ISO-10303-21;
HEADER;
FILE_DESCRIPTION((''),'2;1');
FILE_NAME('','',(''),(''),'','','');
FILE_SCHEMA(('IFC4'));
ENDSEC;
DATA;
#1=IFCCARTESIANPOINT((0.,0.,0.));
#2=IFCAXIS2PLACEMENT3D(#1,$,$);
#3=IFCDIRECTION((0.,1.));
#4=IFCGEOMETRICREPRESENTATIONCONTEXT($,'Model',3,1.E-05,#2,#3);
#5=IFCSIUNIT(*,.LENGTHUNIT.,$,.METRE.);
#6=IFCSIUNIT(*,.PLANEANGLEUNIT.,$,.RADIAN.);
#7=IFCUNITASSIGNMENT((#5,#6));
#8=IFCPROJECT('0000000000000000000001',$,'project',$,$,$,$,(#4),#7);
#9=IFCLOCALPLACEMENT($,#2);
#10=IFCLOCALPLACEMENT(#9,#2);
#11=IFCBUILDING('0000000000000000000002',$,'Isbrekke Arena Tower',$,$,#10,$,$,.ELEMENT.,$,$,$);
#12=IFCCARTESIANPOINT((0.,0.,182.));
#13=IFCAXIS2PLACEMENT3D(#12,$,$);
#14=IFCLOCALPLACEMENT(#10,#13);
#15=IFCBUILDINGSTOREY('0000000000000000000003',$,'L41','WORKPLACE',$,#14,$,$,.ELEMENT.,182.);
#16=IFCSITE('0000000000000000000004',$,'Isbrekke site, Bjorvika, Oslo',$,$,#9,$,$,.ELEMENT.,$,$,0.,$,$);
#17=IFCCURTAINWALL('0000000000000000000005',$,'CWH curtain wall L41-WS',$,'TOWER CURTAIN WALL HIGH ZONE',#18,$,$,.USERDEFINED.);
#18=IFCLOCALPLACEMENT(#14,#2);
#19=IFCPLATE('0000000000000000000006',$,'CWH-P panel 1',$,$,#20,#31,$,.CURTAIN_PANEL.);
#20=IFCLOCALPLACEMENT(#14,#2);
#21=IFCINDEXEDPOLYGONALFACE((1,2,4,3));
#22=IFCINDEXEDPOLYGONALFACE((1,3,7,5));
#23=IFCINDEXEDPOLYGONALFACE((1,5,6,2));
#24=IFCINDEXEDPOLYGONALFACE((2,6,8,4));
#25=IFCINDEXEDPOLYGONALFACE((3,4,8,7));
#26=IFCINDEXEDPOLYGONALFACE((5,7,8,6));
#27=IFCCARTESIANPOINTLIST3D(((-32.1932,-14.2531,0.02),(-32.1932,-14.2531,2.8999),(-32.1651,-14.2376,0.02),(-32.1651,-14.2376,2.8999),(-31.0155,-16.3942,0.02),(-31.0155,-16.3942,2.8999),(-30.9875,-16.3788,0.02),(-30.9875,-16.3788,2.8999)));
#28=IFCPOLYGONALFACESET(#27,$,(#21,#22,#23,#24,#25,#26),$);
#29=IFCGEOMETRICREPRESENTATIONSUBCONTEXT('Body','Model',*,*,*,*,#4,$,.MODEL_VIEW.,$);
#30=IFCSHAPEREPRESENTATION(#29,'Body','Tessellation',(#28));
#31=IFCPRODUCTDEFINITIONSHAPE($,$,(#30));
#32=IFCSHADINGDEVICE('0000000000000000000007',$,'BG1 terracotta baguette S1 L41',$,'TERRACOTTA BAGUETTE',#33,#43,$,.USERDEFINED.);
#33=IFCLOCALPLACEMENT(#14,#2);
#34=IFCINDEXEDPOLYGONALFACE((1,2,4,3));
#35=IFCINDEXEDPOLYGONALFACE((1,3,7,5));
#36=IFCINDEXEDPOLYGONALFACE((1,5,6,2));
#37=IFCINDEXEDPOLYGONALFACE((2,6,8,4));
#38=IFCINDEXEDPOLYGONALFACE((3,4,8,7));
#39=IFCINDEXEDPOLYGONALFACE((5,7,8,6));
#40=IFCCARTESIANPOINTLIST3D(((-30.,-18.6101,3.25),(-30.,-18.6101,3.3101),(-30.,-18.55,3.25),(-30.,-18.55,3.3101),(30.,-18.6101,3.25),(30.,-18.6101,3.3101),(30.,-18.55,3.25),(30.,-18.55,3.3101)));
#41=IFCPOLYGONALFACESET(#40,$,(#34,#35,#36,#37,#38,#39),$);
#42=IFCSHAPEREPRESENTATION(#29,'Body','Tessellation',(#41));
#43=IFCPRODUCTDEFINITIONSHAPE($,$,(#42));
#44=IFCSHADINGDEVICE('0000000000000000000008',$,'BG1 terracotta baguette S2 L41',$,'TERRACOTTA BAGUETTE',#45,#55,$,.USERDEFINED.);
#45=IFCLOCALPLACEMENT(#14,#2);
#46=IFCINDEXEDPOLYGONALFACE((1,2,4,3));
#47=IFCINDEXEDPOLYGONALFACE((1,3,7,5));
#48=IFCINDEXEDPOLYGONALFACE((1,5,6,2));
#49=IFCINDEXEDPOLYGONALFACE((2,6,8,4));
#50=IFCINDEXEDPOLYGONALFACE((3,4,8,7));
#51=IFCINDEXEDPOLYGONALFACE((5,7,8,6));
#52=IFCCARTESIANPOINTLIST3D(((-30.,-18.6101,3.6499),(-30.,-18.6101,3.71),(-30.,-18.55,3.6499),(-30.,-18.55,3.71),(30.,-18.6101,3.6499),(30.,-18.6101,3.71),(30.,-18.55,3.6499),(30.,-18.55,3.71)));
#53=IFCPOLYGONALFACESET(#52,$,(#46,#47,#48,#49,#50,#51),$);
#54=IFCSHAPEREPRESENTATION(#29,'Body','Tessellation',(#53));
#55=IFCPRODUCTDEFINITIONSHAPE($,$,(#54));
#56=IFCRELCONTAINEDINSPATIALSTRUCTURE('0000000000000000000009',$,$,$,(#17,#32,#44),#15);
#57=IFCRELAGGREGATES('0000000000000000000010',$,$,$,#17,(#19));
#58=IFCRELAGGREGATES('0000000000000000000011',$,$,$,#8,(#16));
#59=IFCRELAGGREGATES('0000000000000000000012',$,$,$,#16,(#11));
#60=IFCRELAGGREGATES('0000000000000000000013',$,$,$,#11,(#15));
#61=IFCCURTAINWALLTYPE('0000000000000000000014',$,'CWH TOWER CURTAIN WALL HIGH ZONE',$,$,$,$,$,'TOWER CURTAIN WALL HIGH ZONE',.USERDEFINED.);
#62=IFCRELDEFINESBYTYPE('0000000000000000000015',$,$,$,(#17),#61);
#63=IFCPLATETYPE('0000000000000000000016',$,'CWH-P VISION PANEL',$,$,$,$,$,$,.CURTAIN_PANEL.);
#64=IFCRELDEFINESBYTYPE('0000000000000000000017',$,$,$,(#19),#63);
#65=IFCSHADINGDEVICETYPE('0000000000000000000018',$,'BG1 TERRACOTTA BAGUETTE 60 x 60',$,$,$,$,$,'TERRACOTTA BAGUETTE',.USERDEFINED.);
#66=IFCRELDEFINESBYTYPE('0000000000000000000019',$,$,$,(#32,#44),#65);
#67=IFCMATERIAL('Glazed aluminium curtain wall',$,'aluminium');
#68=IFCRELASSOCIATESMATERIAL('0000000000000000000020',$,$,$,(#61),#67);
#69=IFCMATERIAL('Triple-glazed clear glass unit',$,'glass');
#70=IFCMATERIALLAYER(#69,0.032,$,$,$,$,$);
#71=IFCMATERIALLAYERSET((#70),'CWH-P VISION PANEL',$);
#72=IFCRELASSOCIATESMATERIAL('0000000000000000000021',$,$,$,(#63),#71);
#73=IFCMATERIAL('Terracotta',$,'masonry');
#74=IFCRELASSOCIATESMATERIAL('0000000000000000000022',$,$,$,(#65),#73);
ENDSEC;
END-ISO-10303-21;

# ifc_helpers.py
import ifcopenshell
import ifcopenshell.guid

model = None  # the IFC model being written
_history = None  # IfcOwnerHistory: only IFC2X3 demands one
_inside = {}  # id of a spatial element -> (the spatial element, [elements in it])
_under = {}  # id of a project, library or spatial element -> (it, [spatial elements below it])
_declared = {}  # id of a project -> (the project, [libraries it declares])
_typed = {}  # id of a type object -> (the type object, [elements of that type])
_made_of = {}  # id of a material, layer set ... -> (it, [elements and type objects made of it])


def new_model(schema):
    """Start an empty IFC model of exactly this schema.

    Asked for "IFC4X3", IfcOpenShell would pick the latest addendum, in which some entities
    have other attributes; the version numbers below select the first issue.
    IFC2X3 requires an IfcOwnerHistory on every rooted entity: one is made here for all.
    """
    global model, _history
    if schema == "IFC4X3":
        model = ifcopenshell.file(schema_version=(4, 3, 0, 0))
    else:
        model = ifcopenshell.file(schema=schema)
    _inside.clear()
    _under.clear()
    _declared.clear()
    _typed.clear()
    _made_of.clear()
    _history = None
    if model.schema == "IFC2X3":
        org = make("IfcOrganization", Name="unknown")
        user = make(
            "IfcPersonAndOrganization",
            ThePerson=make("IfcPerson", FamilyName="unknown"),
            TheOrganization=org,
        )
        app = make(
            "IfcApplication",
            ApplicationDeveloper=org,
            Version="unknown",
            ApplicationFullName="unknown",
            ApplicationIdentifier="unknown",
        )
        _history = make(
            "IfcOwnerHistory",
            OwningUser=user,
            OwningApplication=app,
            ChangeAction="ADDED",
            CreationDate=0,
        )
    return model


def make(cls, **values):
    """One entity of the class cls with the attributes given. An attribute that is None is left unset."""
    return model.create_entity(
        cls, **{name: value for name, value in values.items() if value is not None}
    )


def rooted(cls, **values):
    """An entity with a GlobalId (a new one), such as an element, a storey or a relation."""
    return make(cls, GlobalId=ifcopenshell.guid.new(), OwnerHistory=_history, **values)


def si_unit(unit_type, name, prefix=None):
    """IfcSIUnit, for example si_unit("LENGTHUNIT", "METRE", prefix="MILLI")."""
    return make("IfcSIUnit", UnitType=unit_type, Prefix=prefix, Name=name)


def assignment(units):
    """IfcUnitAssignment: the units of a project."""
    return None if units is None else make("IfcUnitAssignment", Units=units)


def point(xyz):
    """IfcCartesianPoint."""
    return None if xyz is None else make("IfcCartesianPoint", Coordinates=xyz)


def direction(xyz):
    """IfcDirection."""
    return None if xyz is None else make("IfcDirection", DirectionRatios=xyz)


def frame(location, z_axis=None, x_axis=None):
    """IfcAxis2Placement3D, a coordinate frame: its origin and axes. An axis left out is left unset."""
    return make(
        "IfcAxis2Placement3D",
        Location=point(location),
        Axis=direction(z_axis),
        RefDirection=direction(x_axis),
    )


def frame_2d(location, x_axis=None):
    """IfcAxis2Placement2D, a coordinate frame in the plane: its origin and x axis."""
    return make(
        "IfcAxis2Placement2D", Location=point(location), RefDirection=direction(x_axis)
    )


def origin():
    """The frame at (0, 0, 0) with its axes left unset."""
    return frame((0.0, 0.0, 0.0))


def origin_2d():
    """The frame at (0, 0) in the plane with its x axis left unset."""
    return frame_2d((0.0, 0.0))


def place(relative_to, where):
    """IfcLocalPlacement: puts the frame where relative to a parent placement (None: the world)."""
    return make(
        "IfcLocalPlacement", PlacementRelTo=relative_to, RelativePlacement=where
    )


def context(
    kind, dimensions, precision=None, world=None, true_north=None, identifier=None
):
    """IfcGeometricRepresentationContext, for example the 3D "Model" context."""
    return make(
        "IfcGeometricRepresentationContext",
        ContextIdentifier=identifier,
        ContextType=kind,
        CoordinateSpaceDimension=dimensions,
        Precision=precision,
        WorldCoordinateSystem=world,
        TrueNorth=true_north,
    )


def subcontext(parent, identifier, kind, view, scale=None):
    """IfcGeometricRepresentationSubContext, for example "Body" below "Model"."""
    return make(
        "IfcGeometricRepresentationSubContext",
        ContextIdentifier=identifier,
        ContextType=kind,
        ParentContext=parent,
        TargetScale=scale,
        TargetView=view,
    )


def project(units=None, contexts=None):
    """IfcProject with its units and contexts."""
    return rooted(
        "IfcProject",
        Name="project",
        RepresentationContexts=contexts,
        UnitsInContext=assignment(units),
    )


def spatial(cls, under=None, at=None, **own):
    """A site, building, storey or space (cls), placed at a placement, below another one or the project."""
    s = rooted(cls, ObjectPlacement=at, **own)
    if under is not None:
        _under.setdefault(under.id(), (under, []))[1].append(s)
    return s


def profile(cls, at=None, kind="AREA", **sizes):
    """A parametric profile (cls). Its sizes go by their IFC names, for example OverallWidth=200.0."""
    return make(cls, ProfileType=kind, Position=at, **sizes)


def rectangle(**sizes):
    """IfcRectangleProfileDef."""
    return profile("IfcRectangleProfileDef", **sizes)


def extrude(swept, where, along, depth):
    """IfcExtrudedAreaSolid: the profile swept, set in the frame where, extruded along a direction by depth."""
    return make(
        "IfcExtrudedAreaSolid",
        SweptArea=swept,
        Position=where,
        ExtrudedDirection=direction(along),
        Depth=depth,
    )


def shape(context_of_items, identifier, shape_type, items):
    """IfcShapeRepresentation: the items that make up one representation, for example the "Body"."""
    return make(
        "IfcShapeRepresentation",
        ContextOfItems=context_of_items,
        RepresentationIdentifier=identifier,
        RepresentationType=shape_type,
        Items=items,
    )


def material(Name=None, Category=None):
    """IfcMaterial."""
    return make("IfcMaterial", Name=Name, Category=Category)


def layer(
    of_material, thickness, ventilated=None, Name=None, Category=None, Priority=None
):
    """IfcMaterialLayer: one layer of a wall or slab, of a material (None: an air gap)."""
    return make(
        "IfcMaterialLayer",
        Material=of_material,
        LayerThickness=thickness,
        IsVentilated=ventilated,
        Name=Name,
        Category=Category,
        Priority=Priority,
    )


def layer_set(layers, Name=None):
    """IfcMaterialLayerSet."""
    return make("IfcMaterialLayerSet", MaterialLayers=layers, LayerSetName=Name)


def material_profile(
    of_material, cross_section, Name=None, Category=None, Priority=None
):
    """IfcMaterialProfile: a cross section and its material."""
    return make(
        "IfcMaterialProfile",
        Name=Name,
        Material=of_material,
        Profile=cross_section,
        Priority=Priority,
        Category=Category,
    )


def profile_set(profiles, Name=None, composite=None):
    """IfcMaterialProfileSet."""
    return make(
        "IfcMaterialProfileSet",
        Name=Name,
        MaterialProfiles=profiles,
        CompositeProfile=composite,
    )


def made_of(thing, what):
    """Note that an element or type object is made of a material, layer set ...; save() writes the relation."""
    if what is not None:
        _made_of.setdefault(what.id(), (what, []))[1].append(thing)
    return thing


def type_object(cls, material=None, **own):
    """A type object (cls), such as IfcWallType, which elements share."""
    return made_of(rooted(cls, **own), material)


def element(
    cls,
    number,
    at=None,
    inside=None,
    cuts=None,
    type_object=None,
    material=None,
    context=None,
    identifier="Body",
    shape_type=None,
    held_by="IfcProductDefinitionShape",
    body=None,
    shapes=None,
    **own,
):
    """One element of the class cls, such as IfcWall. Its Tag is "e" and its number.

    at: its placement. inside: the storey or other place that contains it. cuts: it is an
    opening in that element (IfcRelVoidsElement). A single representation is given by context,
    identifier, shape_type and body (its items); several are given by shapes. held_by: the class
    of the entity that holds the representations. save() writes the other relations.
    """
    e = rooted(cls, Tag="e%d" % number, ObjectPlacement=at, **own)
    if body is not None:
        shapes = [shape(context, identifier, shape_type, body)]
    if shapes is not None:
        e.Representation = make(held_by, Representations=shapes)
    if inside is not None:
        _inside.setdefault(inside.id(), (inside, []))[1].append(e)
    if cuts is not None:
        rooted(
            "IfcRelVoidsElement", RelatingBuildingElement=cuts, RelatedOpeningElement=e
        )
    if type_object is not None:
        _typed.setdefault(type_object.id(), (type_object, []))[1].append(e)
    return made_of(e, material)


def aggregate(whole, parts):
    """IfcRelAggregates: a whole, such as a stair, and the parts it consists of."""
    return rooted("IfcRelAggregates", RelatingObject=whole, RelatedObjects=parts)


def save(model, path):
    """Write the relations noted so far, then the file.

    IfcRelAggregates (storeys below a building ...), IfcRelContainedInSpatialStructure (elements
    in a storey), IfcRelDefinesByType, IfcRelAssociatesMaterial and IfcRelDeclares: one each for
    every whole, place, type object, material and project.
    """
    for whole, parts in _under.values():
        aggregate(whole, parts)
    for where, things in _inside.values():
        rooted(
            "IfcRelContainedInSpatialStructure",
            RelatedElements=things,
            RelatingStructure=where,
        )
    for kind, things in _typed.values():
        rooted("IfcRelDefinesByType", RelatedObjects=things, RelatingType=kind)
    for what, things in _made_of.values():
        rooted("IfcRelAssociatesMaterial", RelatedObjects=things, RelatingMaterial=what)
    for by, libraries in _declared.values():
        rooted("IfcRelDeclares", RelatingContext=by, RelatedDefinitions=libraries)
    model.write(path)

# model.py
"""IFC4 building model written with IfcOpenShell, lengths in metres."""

from ifc_helpers import new_model, si_unit, direction, frame, origin, origin_2d, place, context, subcontext, project, spatial, rectangle, extrude, material, layer, layer_set, material_profile, profile_set, type_object, element, aggregate, save


model = new_model("IFC4")

# Units and contexts
model_context = context("Model", 3, precision=1e-05, world=origin(), true_north=direction((0.0, 1.0)))
body_context = subcontext(model_context, "Body", "Model", "MODEL_VIEW")
ifc_project = project(units=[si_unit("LENGTHUNIT", "METRE"), si_unit("PLANEANGLEUNIT", "RADIAN")], contexts=[model_context])

# Site, building, storey
site_placement = place(None, origin())
site = spatial("IfcSite", under=ifc_project, at=site_placement, Name="Isbrekke site, Bjorvika, Oslo", CompositionType="ELEMENT", RefElevation=0.0)
building_placement = place(site_placement, origin())
building = spatial("IfcBuilding", under=site, at=building_placement, Name="Isbrekke Arena Tower", CompositionType="ELEMENT")
storey_placement = place(building_placement, frame((0.0, 0.0, 182.0)))
storey = spatial("IfcBuildingStorey", under=building, at=storey_placement, Name="L41", Description="WORKPLACE", CompositionType="ELEMENT", Elevation=182.0)

# Shared definitions
ifc_material_1 = material(Name="Glazed aluminium curtain wall", Category="aluminium")
curtain_wall_type = type_object("IfcCurtainWallType", Name="CWH TOWER CURTAIN WALL HIGH ZONE", ElementType="TOWER CURTAIN WALL HIGH ZONE", PredefinedType="USERDEFINED", material=ifc_material_1)

# Curtain wall
curtain_wall_1_placement = place(storey_placement, origin())
curtain_wall_1 = element("IfcCurtainWall", 1, at=curtain_wall_1_placement, inside=storey, type_object=curtain_wall_type, Name="CWH curtain wall L41-WS", ObjectType="TOWER CURTAIN WALL HIGH ZONE", PredefinedType="USERDEFINED")

# Plate
ifc_material_2 = material(Name="Triple-glazed clear glass unit", Category="glass")
ifc_layer = layer(ifc_material_2, 0.032)
ifc_layer_set = layer_set([ifc_layer], Name="CWH-P VISION PANEL")
plate_type = type_object("IfcPlateType", Name="CWH-P VISION PANEL", PredefinedType="CURTAIN_PANEL", material=ifc_layer_set)
plate_1_placement = place(storey_placement, frame((-31.5903, -15.3159, 0.02), z_axis=(0.0, 0.0, 1.0), x_axis=(0.481919, -0.876216, 0.0)))
plate_1 = element("IfcPlate", 2, at=plate_1_placement, type_object=plate_type, Name="CWH-P panel 1", PredefinedType="CURTAIN_PANEL", context=body_context, shape_type="SweptSolid", body=[
    extrude(rectangle(XDim=2.4436, YDim=0.032, at=origin_2d()), origin(), (0.0, 0.0, 1.0), 2.8799),
])
aggregate(curtain_wall_1, [plate_1])

# Shading devices
ifc_material_3 = material(Name="Terracotta", Category="masonry")
ifc_material_profile_1 = material_profile(ifc_material_3, rectangle(XDim=0.0601, YDim=0.0601, at=origin_2d()), Name="BAGUETTE 60X60")
ifc_profile_set_1 = profile_set([ifc_material_profile_1], Name="Terracotta")
shading_device_type = type_object("IfcShadingDeviceType", Name="BG1 TERRACOTTA BAGUETTE 60 x 60", ElementType="TERRACOTTA BAGUETTE", PredefinedType="USERDEFINED", material=ifc_profile_set_1)
for number, where, z_axis, x_axis, name in (
    (3, (-30.0, -18.5801, 3.28), (1.0, 0.0, 0.0), (0.0, 1.0, 0.0), "BG1 terracotta baguette S1 L41"),
    (4, (-30.0, -18.5801, 3.6799), (1.0, 0.0, 0.0), (0.0, 1.0, 0.0), "BG1 terracotta baguette S2 L41"),
):
    element("IfcShadingDevice", number, at=place(storey_placement, frame(where, z_axis=z_axis, x_axis=x_axis)), inside=storey, type_object=shading_device_type, Name=name, ObjectType="TERRACOTTA BAGUETTE", PredefinedType="USERDEFINED", context=body_context, shape_type="SweptSolid", body=[
        extrude(rectangle(XDim=0.0601, YDim=0.0601, at=origin_2d()), origin(), (0.0, 0.0, 1.0), 60.0),
    ])

save(model, "model.ifc")
